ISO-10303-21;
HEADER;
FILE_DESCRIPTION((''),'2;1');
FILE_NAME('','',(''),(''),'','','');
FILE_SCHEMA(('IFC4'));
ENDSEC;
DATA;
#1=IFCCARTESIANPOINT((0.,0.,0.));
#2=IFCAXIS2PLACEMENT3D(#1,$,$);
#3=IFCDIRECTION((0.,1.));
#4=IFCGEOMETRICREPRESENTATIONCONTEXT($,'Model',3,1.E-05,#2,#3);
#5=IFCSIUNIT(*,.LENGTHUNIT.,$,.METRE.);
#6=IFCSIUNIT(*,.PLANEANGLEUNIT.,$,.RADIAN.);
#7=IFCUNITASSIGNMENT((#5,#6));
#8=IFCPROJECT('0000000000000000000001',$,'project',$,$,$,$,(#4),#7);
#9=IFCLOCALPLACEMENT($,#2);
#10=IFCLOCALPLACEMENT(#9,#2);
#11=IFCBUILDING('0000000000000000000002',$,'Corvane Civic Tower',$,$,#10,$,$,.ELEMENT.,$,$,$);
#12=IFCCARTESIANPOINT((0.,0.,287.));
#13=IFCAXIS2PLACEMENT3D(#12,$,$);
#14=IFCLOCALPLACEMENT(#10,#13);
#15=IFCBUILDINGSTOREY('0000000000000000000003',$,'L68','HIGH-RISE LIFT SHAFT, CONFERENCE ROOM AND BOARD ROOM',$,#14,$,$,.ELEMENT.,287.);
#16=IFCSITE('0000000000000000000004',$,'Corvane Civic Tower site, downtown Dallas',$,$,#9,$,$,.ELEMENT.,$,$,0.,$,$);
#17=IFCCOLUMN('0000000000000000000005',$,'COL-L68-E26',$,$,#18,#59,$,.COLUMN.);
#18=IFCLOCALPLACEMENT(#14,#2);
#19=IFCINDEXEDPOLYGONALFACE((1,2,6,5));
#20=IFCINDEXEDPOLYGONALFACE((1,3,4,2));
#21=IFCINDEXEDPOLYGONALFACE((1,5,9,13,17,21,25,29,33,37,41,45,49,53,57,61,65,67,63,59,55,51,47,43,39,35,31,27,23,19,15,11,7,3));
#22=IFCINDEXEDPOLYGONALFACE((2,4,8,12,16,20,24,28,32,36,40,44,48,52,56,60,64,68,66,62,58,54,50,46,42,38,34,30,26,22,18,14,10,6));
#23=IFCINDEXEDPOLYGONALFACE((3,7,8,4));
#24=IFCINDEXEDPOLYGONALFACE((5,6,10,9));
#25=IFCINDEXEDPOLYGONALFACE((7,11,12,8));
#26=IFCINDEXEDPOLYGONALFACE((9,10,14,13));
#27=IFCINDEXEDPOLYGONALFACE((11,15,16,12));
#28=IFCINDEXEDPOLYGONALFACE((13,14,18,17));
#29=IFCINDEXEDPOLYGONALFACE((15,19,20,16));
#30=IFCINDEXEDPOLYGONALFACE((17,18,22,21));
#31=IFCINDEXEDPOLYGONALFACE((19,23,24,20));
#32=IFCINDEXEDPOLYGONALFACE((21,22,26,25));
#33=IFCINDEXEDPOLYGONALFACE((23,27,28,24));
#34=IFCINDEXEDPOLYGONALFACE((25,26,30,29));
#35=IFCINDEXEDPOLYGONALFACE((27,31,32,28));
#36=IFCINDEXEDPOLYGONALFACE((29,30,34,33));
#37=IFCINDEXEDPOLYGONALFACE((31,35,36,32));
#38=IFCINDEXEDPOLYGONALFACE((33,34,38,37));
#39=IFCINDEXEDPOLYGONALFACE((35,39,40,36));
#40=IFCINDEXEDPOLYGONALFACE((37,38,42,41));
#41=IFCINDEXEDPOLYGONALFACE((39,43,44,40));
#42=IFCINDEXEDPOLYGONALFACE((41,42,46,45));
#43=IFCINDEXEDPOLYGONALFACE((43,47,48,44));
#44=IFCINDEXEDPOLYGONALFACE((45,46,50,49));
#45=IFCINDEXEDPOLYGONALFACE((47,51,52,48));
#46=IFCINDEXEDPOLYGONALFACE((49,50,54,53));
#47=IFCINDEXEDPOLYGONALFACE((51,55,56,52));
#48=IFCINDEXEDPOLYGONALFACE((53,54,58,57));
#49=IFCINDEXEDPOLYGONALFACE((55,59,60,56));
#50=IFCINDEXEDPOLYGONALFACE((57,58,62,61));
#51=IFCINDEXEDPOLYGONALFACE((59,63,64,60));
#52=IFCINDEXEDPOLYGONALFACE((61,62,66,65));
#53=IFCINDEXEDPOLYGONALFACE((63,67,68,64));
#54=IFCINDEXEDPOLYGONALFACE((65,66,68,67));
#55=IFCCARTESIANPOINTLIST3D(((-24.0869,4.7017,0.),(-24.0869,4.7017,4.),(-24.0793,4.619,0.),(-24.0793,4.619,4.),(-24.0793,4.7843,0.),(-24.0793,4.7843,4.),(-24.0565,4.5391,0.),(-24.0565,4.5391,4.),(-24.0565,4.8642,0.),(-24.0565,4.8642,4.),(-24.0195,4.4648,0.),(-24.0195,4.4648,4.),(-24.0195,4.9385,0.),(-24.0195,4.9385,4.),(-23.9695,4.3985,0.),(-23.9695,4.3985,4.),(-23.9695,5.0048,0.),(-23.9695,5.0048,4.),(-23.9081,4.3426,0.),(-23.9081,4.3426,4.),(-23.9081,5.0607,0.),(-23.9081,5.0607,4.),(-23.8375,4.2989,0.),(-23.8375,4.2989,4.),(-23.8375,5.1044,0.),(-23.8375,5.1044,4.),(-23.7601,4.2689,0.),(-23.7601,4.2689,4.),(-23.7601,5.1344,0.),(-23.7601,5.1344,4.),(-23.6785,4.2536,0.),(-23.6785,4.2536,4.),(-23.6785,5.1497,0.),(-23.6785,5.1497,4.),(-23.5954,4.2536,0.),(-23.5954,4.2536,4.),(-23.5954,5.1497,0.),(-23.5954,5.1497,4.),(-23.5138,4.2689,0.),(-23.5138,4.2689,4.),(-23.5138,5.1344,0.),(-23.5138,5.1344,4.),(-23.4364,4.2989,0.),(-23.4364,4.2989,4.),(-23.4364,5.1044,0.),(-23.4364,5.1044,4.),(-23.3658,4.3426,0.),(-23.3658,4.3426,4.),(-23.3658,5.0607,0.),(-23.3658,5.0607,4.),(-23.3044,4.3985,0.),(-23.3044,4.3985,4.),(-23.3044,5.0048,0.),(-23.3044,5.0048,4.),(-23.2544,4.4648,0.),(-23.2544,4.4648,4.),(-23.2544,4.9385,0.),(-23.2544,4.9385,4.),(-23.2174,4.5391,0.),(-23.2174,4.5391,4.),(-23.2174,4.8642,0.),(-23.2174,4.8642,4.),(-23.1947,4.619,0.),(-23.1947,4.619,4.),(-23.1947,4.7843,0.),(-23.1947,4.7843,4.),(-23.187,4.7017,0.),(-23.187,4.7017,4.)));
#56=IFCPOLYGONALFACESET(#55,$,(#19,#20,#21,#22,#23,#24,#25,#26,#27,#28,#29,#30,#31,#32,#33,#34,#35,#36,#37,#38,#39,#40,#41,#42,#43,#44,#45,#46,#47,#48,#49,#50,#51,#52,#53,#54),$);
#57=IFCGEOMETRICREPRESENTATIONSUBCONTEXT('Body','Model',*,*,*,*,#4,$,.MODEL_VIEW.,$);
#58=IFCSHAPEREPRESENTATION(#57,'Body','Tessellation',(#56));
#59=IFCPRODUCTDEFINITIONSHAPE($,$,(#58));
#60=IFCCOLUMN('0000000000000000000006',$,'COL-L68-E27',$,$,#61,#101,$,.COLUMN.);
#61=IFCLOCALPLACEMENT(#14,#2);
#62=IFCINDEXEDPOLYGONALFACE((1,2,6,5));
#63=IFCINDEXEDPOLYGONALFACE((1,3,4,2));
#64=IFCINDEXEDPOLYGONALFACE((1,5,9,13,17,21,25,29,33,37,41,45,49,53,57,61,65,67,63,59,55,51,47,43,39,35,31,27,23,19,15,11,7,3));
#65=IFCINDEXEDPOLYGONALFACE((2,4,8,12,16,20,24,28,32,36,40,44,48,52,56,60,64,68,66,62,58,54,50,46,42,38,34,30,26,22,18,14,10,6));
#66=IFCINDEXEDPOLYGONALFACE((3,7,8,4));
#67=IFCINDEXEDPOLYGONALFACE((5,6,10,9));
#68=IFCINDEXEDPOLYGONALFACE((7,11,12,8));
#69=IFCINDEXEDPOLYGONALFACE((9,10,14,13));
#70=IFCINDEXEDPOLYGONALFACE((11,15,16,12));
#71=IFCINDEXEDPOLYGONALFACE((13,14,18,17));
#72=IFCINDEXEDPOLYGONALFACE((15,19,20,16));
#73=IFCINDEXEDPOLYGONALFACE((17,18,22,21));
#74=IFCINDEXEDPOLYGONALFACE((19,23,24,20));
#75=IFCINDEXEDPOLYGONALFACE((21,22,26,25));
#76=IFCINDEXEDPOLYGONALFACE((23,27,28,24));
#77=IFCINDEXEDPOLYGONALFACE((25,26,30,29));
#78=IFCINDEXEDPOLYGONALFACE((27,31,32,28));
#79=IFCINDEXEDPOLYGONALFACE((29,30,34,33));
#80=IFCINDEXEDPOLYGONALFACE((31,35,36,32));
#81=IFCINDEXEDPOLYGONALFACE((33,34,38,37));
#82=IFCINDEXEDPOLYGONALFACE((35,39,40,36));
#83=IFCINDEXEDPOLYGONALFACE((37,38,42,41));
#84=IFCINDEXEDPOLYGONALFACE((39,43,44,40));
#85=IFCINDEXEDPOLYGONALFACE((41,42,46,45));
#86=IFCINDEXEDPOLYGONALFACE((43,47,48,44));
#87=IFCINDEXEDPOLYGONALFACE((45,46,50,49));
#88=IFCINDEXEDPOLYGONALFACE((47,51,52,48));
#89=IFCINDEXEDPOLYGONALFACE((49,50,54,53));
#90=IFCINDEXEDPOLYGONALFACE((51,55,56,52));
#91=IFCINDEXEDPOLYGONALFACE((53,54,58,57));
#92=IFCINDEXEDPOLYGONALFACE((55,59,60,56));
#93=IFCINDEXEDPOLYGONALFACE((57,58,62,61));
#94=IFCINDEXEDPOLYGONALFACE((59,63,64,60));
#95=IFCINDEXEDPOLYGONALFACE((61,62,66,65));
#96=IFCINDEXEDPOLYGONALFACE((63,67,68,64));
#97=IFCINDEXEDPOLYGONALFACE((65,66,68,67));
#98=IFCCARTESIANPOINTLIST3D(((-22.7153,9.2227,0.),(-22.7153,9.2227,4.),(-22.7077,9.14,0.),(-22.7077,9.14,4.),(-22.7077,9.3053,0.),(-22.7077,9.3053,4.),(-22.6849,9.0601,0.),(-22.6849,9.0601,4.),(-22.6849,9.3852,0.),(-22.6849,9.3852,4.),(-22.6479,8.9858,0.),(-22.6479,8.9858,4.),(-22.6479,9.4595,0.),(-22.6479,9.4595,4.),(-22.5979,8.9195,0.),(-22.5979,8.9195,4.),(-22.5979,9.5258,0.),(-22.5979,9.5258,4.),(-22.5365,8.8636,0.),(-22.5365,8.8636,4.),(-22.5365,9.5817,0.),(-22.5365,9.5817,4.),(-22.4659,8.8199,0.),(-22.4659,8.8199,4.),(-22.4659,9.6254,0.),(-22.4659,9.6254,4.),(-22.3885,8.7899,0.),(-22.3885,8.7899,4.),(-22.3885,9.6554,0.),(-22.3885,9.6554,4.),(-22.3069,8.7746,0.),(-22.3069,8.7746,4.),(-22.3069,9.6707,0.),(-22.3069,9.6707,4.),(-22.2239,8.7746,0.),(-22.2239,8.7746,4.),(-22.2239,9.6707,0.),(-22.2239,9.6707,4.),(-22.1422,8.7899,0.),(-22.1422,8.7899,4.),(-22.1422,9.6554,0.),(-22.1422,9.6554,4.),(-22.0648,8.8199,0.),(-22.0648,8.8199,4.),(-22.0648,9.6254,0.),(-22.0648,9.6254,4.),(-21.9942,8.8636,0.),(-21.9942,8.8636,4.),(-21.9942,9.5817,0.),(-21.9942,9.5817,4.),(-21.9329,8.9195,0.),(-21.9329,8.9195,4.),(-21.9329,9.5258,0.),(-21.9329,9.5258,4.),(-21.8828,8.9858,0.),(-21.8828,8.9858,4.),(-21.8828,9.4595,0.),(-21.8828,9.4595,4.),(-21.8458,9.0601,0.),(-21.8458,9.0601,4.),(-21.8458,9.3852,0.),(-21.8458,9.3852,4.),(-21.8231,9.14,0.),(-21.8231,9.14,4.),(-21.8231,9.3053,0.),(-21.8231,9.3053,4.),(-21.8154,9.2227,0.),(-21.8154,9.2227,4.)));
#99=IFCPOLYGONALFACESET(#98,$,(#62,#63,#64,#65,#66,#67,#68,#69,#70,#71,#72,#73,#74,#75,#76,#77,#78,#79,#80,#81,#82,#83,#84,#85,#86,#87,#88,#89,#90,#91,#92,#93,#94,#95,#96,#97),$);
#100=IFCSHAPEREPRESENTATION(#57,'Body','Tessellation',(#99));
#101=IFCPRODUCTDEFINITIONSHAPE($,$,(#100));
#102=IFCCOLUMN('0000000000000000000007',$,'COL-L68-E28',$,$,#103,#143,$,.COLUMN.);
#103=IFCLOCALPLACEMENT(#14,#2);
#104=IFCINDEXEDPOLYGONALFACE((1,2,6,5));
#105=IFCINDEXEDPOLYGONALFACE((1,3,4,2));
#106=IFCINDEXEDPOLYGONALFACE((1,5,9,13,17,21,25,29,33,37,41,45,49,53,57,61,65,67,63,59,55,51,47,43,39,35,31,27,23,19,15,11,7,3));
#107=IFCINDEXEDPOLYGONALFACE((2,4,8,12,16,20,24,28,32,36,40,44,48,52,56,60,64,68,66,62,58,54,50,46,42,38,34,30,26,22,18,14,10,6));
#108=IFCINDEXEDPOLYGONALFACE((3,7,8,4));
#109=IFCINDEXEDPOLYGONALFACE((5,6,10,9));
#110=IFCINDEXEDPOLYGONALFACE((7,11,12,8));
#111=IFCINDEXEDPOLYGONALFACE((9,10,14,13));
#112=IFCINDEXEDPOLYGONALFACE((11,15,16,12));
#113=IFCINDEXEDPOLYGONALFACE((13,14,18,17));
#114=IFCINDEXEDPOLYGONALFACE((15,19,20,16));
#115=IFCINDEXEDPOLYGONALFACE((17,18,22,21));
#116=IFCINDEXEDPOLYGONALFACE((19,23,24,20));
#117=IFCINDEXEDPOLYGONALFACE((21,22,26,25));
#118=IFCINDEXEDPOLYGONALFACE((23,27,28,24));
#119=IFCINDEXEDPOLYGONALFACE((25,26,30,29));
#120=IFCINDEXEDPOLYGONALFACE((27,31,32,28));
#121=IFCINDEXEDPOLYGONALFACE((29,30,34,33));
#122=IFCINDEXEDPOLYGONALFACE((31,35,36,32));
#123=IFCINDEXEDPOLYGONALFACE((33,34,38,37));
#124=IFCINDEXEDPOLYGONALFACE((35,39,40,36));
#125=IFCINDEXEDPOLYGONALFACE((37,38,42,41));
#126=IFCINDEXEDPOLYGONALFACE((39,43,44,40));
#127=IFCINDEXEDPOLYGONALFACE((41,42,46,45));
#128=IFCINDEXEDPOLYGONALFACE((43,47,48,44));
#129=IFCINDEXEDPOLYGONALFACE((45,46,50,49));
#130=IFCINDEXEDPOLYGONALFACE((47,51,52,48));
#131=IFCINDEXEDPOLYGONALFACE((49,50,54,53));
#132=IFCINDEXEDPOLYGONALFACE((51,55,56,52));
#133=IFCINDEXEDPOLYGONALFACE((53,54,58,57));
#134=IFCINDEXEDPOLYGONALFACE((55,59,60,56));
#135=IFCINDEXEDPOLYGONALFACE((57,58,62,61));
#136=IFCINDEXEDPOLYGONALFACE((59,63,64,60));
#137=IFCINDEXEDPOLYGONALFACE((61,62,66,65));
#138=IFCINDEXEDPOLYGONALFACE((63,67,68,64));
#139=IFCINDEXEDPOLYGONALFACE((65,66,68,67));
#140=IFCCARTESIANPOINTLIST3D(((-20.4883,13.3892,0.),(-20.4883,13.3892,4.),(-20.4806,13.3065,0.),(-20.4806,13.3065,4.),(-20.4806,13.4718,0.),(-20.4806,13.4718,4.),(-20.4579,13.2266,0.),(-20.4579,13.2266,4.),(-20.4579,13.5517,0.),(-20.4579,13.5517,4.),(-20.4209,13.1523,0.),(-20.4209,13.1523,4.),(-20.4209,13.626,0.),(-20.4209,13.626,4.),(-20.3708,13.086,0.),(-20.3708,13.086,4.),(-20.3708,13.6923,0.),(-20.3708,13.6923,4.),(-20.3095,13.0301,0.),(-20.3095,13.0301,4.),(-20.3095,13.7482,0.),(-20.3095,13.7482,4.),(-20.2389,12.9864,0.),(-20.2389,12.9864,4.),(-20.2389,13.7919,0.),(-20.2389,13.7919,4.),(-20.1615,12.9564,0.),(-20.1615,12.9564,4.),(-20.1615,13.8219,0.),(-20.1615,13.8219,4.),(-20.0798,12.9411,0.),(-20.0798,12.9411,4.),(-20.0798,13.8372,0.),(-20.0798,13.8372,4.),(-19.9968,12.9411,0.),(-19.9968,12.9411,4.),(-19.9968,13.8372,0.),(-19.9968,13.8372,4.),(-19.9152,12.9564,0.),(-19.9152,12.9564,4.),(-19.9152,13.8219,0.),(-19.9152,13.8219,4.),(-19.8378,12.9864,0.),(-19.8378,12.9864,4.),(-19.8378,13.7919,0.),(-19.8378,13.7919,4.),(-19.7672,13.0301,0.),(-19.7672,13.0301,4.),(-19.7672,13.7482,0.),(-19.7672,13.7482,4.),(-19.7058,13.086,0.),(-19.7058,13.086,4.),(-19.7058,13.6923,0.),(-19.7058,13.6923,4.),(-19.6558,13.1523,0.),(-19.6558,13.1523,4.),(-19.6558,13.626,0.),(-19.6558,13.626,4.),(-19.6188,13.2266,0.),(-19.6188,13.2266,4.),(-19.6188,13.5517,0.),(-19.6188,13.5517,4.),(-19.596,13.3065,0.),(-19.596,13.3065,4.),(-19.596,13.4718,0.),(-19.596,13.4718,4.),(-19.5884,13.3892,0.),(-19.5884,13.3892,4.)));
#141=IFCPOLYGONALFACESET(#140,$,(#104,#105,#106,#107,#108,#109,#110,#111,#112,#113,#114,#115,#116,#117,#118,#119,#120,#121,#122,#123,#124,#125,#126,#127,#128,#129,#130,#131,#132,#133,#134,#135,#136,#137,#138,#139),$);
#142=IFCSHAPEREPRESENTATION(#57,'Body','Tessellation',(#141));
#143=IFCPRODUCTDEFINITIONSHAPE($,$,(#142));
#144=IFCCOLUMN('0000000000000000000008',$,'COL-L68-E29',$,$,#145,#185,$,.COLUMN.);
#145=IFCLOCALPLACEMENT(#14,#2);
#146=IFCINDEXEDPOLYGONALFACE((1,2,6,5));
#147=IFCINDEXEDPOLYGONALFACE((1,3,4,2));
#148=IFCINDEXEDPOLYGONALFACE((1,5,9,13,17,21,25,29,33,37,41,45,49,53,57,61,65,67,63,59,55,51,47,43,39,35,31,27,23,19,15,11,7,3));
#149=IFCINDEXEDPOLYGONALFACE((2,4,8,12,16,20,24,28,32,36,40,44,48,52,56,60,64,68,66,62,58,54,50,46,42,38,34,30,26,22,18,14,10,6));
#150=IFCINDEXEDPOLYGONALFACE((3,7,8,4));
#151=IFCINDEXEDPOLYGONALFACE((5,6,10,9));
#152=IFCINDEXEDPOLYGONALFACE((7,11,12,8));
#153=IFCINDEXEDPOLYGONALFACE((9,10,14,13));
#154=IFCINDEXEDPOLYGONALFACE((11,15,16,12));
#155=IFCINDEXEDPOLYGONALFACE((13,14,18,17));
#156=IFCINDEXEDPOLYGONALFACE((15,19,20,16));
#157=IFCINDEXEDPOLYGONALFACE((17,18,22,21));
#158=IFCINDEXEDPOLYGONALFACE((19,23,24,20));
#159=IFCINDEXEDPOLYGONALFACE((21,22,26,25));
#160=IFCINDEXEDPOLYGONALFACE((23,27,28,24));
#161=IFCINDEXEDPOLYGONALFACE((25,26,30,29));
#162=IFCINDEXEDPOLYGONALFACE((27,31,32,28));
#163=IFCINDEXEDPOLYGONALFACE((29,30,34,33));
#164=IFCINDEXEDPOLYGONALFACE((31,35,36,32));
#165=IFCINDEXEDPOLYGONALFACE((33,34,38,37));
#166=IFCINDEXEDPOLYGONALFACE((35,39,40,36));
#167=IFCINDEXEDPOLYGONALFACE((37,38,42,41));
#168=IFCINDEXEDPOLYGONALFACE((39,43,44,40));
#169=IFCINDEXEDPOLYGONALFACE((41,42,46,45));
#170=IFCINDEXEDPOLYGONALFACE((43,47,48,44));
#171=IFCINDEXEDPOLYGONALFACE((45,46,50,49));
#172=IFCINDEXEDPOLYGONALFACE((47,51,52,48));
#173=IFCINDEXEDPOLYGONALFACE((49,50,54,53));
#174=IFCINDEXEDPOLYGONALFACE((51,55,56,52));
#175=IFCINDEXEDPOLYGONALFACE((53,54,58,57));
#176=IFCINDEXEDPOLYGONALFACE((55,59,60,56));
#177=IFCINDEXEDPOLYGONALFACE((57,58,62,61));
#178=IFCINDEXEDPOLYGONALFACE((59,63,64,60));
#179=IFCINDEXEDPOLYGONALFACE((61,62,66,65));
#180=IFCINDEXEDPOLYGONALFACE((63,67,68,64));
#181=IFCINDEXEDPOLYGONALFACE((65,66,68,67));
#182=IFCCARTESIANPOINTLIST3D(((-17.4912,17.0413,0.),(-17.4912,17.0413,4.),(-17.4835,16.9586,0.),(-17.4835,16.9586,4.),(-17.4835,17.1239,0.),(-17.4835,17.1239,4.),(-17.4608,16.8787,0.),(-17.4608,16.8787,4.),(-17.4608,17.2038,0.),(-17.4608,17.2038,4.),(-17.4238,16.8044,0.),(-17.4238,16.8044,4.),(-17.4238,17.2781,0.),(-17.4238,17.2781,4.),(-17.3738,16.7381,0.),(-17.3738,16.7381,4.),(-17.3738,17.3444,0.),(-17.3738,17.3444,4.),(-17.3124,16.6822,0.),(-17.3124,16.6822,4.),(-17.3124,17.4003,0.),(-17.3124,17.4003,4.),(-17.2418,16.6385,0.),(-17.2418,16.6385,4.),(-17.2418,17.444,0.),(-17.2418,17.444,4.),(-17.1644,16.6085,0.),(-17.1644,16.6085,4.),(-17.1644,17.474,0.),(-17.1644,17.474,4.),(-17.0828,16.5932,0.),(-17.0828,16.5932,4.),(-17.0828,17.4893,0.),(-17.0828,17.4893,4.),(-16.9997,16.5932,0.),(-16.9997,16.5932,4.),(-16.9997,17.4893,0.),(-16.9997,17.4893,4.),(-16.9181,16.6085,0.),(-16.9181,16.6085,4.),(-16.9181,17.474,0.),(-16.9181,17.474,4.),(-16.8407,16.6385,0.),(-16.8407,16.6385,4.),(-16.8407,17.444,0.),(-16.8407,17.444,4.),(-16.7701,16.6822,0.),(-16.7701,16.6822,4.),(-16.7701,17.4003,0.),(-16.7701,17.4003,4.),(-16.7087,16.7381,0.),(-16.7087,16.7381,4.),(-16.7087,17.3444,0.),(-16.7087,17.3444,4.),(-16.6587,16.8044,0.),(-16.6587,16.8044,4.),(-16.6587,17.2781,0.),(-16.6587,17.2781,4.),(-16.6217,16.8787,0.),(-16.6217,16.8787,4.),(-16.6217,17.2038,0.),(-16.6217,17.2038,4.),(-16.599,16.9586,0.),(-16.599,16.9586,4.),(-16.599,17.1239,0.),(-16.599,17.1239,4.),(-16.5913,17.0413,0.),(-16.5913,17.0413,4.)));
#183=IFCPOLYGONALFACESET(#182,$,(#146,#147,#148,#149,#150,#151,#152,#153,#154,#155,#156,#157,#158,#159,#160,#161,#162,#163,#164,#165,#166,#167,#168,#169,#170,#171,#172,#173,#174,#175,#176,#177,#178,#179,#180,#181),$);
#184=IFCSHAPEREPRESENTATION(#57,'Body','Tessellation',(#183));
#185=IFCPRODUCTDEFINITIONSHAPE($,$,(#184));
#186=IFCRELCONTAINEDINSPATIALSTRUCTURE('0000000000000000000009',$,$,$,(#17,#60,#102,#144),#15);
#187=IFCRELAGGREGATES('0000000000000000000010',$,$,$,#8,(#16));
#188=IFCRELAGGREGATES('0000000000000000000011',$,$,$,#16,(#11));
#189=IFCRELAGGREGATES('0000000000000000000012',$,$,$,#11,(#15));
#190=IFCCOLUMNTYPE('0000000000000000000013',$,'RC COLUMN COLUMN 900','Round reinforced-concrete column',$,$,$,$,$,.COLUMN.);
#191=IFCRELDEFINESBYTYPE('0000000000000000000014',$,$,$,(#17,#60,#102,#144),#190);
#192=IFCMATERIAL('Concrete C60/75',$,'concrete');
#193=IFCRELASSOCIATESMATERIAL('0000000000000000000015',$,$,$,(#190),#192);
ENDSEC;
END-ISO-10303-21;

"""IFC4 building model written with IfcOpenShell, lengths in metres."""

from ifc_helpers import new_model, si_unit, direction, frame, origin, origin_2d, place, context, subcontext, project, spatial, circle, extrude, material, material_profile, profile_set, type_object, element, save


model = new_model("IFC4")

# Units and contexts
model_context = context("Model", 3, precision=1e-05, world=origin(), true_north=direction((0.0, 1.0)))
body_context = subcontext(model_context, "Body", "Model", "MODEL_VIEW")
ifc_project = project(units=[si_unit("LENGTHUNIT", "METRE"), si_unit("PLANEANGLEUNIT", "RADIAN")], contexts=[model_context])

# Site, building, storey
site_placement = place(None, origin())
site = spatial("IfcSite", under=ifc_project, at=site_placement, Name="Corvane Civic Tower site, downtown Dallas", CompositionType="ELEMENT", RefElevation=0.0)
building_placement = place(site_placement, origin())
building = spatial("IfcBuilding", under=site, at=building_placement, Name="Corvane Civic Tower", CompositionType="ELEMENT")
storey_placement = place(building_placement, frame((0.0, 0.0, 287.0)))
storey = spatial("IfcBuildingStorey", under=building, at=storey_placement, Name="L68", Description="HIGH-RISE LIFT SHAFT, CONFERENCE ROOM AND BOARD ROOM", CompositionType="ELEMENT", Elevation=287.0)

# Columns
ifc_material_1 = material(Name="Concrete C60/75", Category="concrete")
ifc_material_profile_1 = material_profile(ifc_material_1, circle(Radius=0.45, at=origin_2d()), Name="COLUMN 900")
ifc_profile_set_1 = profile_set([ifc_material_profile_1], Name="Concrete C60/75")
column_type = type_object("IfcColumnType", Name="RC COLUMN COLUMN 900", Description="Round reinforced-concrete column", PredefinedType="COLUMN", material=ifc_profile_set_1)
for number, where, z_axis, x_axis, name in (
    (1, (-23.637, 4.7017, 0.0), (0.0, 0.0, 1.0), (1.0, 0.0, 0.0), "COL-L68-E26"),
    (2, (-22.2654, 9.2227, 0.0), (0.0, 0.0, 1.0), (1.0, 0.0, 0.0), "COL-L68-E27"),
    (3, (-20.0383, 13.3892, 0.0), (0.0, 0.0, 1.0), (1.0, 0.0, 0.0), "COL-L68-E28"),
    (4, (-17.0413, 17.0413, 0.0), (0.0, 0.0, 1.0), (1.0, 0.0, 0.0), "COL-L68-E29"),
):
    element("IfcColumn", number, at=place(storey_placement, frame(where, z_axis=z_axis, x_axis=x_axis)), inside=storey, type_object=column_type, Name=name, PredefinedType="COLUMN", context=body_context, shape_type="SweptSolid", body=[
        extrude(circle(Radius=0.45, at=origin_2d()), origin(), (0.0, 0.0, 1.0), 4.0),
    ])

save(model, "model.ifc")
